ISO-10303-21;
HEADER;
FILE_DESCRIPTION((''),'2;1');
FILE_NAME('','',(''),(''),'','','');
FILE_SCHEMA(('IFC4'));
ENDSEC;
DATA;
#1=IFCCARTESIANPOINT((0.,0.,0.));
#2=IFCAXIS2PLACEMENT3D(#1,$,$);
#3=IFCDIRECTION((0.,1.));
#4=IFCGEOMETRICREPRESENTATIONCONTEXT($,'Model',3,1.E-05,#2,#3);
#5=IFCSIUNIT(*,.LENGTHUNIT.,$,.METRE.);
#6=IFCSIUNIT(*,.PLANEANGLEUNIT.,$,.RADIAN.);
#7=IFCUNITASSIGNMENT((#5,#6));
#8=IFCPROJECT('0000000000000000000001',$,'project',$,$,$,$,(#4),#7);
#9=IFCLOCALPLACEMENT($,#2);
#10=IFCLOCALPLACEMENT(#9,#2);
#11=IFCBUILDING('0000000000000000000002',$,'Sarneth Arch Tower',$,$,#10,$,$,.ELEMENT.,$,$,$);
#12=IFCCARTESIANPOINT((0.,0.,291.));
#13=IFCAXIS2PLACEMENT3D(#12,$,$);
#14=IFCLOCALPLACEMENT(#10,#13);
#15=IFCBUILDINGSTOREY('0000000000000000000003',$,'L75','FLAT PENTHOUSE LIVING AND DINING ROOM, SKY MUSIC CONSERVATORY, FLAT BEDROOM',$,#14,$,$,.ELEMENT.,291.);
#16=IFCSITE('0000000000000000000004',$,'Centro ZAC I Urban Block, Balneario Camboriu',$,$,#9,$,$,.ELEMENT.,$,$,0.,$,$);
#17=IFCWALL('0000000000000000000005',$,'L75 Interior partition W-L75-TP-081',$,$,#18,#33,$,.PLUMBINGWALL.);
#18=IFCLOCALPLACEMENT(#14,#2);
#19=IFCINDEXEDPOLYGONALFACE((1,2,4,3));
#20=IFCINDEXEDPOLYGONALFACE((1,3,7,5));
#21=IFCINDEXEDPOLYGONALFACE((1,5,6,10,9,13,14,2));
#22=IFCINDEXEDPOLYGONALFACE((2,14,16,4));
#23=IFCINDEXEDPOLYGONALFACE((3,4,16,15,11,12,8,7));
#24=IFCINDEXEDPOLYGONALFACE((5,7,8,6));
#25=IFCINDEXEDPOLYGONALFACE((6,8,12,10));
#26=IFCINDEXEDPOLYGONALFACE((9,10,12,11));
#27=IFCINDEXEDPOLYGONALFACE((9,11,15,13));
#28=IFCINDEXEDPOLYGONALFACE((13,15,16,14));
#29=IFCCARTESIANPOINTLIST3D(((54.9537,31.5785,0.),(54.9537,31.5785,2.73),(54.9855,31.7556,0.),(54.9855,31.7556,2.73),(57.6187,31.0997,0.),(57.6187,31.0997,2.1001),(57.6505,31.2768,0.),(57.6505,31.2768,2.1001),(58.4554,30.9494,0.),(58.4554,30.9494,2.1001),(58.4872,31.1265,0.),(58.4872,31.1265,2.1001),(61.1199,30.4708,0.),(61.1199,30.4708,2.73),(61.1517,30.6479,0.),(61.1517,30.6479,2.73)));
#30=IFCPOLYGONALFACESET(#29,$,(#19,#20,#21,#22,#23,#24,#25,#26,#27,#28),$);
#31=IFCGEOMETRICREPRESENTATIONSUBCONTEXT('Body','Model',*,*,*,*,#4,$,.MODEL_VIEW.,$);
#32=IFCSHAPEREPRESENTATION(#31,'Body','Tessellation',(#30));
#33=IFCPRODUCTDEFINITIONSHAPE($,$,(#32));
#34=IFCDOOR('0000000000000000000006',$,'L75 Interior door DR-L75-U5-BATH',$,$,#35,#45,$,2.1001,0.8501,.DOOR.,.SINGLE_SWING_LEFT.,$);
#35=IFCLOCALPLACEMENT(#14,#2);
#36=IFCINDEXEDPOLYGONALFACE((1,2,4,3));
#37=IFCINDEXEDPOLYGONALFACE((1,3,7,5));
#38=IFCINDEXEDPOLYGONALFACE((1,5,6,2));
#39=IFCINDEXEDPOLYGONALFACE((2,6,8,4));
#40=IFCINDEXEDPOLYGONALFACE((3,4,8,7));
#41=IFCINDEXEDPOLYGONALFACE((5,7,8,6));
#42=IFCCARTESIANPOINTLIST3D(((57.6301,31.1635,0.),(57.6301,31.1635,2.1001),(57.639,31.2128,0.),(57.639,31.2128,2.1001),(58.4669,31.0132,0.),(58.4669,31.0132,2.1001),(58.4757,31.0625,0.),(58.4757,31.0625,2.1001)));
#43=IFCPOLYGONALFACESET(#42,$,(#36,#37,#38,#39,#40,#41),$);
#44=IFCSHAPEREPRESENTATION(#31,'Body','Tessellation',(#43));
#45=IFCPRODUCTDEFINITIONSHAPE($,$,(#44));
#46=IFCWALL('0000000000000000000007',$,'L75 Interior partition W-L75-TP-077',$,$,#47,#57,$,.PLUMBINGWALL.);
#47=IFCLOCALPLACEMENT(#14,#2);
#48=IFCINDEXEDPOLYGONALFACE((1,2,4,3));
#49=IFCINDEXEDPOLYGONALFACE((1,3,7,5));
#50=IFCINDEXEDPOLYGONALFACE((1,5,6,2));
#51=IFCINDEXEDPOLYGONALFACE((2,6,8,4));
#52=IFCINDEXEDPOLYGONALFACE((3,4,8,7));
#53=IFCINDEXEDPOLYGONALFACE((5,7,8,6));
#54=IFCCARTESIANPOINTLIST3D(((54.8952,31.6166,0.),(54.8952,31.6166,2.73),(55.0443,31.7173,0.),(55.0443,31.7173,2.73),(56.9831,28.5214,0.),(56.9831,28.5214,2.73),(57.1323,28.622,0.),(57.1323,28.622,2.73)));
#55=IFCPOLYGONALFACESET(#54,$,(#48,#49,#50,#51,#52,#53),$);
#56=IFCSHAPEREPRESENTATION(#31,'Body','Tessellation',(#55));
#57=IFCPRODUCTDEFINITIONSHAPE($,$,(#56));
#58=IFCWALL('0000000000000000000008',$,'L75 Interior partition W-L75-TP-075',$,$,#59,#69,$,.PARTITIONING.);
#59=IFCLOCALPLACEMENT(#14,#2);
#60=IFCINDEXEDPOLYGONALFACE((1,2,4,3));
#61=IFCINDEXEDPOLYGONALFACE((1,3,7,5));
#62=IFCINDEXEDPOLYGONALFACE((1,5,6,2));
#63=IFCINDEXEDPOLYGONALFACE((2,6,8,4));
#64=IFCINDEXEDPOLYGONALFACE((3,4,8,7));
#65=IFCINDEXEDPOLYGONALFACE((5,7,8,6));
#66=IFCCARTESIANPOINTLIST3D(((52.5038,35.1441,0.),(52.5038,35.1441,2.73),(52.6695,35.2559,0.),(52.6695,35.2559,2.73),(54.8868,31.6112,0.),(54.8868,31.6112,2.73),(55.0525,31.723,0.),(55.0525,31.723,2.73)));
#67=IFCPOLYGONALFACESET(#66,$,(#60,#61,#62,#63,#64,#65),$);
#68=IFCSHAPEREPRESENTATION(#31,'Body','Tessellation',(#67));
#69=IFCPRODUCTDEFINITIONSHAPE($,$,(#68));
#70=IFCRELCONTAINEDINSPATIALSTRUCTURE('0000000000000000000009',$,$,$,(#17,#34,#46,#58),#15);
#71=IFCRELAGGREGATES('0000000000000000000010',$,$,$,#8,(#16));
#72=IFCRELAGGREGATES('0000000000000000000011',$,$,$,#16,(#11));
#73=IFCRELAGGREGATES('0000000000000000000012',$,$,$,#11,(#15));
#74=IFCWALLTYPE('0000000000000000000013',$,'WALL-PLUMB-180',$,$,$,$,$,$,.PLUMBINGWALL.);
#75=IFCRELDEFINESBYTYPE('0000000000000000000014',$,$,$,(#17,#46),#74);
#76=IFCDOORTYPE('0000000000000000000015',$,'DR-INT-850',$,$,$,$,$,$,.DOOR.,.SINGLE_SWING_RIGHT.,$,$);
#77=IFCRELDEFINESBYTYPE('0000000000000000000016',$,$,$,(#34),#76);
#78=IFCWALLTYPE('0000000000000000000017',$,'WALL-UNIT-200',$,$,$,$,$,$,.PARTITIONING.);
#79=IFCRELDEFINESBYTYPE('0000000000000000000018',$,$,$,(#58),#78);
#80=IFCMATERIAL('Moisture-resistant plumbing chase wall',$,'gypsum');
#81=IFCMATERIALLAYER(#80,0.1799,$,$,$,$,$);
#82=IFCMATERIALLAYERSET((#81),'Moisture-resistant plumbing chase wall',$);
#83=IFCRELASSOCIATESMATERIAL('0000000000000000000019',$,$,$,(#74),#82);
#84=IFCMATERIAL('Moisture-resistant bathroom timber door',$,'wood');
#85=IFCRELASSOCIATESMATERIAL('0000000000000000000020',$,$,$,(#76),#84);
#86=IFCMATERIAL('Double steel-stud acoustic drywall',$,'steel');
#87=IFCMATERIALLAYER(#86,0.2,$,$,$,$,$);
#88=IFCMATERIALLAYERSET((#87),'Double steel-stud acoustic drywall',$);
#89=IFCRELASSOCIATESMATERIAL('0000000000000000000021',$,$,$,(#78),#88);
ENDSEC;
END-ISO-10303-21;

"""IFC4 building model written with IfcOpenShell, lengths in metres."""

from ifc_helpers import new_model, si_unit, direction, frame, frame_2d, origin, place, context, subcontext, project, spatial, rectangle, extrude, material, layer, layer_set, type_object, element, fill, save


model = new_model("IFC4")

# Units and contexts
model_context = context("Model", 3, precision=1e-05, world=origin(), true_north=direction((0.0, 1.0)))
body_context = subcontext(model_context, "Body", "Model", "MODEL_VIEW")
ifc_project = project(units=[si_unit("LENGTHUNIT", "METRE"), si_unit("PLANEANGLEUNIT", "RADIAN")], contexts=[model_context])

# Site, building, storey
site_placement = place(None, origin())
site = spatial("IfcSite", under=ifc_project, at=site_placement, Name="Centro ZAC I Urban Block, Balneario Camboriu", CompositionType="ELEMENT", RefElevation=0.0)
building_placement = place(site_placement, origin())
building = spatial("IfcBuilding", under=site, at=building_placement, Name="Sarneth Arch Tower", CompositionType="ELEMENT")
storey_placement = place(building_placement, frame((0.0, 0.0, 291.0)))
storey = spatial("IfcBuildingStorey", under=building, at=storey_placement, Name="L75", Description="FLAT PENTHOUSE LIVING AND DINING ROOM, SKY MUSIC CONSERVATORY, FLAT BEDROOM", CompositionType="ELEMENT", Elevation=291.0)

# Wall, opening, door
ifc_material_1 = material(Name="Moisture-resistant plumbing chase wall", Category="gypsum")
ifc_layer_1 = layer(ifc_material_1, 0.1799)
ifc_layer_set_1 = layer_set([ifc_layer_1], Name="Moisture-resistant plumbing chase wall")
wall_type_1 = type_object("IfcWallType", Name="WALL-PLUMB-180", PredefinedType="PLUMBINGWALL", material=ifc_layer_set_1)
wall_1_placement = place(storey_placement, frame((54.9697, 31.667, 0.0), z_axis=(0.0, 0.0, 1.0), x_axis=(0.984246, -0.176803, 0.0)))
wall_1 = element("IfcWall", 1, at=wall_1_placement, inside=storey, type_object=wall_type_1, Name="L75 Interior partition W-L75-TP-081", PredefinedType="PLUMBINGWALL", context=body_context, shape_type="SweptSolid", body=[
    extrude(rectangle(XDim=6.2649, YDim=0.1799, at=frame_2d((3.1323, 0.0))), origin(), (0.0, 0.0, 1.0), 2.73),
])
opening_1_placement = place(wall_1_placement, frame((2.7075, 0.0, 0.0)))
opening_1 = element("IfcOpeningElement", 2, at=opening_1_placement, cuts=wall_1, PredefinedType="OPENING", context=body_context, shape_type="SweptSolid", body=[
    extrude(rectangle(XDim=0.8501, YDim=2.1001, at=frame_2d((0.425, 1.05))), frame((0.0, 0.0999, 0.0), z_axis=(0.0, -1.0, 0.0), x_axis=(1.0, 0.0, 0.0)), (0.0, 0.0, 1.0), 0.2),
])
ifc_material_2 = material(Name="Moisture-resistant bathroom timber door", Category="wood")
door_type_1 = type_object("IfcDoorType", Name="DR-INT-850", OperationType="SINGLE_SWING_RIGHT", PredefinedType="DOOR", material=ifc_material_2)
door_1_placement = place(opening_1_placement, origin())
door_1 = element("IfcDoor", 3, at=door_1_placement, inside=storey, type_object=door_type_1, Name="L75 Interior door DR-L75-U5-BATH", OperationType="SINGLE_SWING_LEFT", OverallHeight=2.1001, OverallWidth=0.8501, PredefinedType="DOOR", context=body_context, shape_type="SweptSolid", body=[
    extrude(rectangle(XDim=0.8501, YDim=2.1001, at=frame_2d((0.425, 1.05))), frame((0.0, 0.0249, 0.0), z_axis=(0.0, -1.0, 0.0), x_axis=(1.0, 0.0, 0.0)), (0.0, 0.0, 1.0), 0.05),
])
fill(opening_1, door_1)

# Walls
wall_2_placement = place(storey_placement, frame((57.0576, 28.5718, 0.0), z_axis=(0.0, 0.0, 1.0), x_axis=(-0.559219, 0.82902, 0.0)))
element("IfcWall", 4, at=wall_2_placement, inside=storey, type_object=wall_type_1, Name="L75 Interior partition W-L75-TP-077", PredefinedType="PLUMBINGWALL", context=body_context, shape_type="SweptSolid", body=[
    extrude(rectangle(XDim=3.7336, YDim=0.1799, at=frame_2d((1.8667, 0.0))), origin(), (0.0, 0.0, 1.0), 2.73),
])
ifc_material_3 = material(Name="Double steel-stud acoustic drywall", Category="steel")
ifc_layer_2 = layer(ifc_material_3, 0.2)
ifc_layer_set_2 = layer_set([ifc_layer_2], Name="Double steel-stud acoustic drywall")
wall_type_2 = type_object("IfcWallType", Name="WALL-UNIT-200", PredefinedType="PARTITIONING", material=ifc_layer_set_2)
wall_3_placement = place(storey_placement, frame((54.9697, 31.667, 0.0), z_axis=(0.0, 0.0, 1.0), x_axis=(-0.5592, 0.829033, 0.0)))
element("IfcWall", 5, at=wall_3_placement, inside=storey, type_object=wall_type_2, Name="L75 Interior partition W-L75-TP-075", PredefinedType="PARTITIONING", context=body_context, shape_type="SweptSolid", body=[
    extrude(rectangle(XDim=4.2615, YDim=0.2, at=frame_2d((2.1309, 0.0))), origin(), (0.0, 0.0, 1.0), 2.73),
])

save(model, "model.ifc")
